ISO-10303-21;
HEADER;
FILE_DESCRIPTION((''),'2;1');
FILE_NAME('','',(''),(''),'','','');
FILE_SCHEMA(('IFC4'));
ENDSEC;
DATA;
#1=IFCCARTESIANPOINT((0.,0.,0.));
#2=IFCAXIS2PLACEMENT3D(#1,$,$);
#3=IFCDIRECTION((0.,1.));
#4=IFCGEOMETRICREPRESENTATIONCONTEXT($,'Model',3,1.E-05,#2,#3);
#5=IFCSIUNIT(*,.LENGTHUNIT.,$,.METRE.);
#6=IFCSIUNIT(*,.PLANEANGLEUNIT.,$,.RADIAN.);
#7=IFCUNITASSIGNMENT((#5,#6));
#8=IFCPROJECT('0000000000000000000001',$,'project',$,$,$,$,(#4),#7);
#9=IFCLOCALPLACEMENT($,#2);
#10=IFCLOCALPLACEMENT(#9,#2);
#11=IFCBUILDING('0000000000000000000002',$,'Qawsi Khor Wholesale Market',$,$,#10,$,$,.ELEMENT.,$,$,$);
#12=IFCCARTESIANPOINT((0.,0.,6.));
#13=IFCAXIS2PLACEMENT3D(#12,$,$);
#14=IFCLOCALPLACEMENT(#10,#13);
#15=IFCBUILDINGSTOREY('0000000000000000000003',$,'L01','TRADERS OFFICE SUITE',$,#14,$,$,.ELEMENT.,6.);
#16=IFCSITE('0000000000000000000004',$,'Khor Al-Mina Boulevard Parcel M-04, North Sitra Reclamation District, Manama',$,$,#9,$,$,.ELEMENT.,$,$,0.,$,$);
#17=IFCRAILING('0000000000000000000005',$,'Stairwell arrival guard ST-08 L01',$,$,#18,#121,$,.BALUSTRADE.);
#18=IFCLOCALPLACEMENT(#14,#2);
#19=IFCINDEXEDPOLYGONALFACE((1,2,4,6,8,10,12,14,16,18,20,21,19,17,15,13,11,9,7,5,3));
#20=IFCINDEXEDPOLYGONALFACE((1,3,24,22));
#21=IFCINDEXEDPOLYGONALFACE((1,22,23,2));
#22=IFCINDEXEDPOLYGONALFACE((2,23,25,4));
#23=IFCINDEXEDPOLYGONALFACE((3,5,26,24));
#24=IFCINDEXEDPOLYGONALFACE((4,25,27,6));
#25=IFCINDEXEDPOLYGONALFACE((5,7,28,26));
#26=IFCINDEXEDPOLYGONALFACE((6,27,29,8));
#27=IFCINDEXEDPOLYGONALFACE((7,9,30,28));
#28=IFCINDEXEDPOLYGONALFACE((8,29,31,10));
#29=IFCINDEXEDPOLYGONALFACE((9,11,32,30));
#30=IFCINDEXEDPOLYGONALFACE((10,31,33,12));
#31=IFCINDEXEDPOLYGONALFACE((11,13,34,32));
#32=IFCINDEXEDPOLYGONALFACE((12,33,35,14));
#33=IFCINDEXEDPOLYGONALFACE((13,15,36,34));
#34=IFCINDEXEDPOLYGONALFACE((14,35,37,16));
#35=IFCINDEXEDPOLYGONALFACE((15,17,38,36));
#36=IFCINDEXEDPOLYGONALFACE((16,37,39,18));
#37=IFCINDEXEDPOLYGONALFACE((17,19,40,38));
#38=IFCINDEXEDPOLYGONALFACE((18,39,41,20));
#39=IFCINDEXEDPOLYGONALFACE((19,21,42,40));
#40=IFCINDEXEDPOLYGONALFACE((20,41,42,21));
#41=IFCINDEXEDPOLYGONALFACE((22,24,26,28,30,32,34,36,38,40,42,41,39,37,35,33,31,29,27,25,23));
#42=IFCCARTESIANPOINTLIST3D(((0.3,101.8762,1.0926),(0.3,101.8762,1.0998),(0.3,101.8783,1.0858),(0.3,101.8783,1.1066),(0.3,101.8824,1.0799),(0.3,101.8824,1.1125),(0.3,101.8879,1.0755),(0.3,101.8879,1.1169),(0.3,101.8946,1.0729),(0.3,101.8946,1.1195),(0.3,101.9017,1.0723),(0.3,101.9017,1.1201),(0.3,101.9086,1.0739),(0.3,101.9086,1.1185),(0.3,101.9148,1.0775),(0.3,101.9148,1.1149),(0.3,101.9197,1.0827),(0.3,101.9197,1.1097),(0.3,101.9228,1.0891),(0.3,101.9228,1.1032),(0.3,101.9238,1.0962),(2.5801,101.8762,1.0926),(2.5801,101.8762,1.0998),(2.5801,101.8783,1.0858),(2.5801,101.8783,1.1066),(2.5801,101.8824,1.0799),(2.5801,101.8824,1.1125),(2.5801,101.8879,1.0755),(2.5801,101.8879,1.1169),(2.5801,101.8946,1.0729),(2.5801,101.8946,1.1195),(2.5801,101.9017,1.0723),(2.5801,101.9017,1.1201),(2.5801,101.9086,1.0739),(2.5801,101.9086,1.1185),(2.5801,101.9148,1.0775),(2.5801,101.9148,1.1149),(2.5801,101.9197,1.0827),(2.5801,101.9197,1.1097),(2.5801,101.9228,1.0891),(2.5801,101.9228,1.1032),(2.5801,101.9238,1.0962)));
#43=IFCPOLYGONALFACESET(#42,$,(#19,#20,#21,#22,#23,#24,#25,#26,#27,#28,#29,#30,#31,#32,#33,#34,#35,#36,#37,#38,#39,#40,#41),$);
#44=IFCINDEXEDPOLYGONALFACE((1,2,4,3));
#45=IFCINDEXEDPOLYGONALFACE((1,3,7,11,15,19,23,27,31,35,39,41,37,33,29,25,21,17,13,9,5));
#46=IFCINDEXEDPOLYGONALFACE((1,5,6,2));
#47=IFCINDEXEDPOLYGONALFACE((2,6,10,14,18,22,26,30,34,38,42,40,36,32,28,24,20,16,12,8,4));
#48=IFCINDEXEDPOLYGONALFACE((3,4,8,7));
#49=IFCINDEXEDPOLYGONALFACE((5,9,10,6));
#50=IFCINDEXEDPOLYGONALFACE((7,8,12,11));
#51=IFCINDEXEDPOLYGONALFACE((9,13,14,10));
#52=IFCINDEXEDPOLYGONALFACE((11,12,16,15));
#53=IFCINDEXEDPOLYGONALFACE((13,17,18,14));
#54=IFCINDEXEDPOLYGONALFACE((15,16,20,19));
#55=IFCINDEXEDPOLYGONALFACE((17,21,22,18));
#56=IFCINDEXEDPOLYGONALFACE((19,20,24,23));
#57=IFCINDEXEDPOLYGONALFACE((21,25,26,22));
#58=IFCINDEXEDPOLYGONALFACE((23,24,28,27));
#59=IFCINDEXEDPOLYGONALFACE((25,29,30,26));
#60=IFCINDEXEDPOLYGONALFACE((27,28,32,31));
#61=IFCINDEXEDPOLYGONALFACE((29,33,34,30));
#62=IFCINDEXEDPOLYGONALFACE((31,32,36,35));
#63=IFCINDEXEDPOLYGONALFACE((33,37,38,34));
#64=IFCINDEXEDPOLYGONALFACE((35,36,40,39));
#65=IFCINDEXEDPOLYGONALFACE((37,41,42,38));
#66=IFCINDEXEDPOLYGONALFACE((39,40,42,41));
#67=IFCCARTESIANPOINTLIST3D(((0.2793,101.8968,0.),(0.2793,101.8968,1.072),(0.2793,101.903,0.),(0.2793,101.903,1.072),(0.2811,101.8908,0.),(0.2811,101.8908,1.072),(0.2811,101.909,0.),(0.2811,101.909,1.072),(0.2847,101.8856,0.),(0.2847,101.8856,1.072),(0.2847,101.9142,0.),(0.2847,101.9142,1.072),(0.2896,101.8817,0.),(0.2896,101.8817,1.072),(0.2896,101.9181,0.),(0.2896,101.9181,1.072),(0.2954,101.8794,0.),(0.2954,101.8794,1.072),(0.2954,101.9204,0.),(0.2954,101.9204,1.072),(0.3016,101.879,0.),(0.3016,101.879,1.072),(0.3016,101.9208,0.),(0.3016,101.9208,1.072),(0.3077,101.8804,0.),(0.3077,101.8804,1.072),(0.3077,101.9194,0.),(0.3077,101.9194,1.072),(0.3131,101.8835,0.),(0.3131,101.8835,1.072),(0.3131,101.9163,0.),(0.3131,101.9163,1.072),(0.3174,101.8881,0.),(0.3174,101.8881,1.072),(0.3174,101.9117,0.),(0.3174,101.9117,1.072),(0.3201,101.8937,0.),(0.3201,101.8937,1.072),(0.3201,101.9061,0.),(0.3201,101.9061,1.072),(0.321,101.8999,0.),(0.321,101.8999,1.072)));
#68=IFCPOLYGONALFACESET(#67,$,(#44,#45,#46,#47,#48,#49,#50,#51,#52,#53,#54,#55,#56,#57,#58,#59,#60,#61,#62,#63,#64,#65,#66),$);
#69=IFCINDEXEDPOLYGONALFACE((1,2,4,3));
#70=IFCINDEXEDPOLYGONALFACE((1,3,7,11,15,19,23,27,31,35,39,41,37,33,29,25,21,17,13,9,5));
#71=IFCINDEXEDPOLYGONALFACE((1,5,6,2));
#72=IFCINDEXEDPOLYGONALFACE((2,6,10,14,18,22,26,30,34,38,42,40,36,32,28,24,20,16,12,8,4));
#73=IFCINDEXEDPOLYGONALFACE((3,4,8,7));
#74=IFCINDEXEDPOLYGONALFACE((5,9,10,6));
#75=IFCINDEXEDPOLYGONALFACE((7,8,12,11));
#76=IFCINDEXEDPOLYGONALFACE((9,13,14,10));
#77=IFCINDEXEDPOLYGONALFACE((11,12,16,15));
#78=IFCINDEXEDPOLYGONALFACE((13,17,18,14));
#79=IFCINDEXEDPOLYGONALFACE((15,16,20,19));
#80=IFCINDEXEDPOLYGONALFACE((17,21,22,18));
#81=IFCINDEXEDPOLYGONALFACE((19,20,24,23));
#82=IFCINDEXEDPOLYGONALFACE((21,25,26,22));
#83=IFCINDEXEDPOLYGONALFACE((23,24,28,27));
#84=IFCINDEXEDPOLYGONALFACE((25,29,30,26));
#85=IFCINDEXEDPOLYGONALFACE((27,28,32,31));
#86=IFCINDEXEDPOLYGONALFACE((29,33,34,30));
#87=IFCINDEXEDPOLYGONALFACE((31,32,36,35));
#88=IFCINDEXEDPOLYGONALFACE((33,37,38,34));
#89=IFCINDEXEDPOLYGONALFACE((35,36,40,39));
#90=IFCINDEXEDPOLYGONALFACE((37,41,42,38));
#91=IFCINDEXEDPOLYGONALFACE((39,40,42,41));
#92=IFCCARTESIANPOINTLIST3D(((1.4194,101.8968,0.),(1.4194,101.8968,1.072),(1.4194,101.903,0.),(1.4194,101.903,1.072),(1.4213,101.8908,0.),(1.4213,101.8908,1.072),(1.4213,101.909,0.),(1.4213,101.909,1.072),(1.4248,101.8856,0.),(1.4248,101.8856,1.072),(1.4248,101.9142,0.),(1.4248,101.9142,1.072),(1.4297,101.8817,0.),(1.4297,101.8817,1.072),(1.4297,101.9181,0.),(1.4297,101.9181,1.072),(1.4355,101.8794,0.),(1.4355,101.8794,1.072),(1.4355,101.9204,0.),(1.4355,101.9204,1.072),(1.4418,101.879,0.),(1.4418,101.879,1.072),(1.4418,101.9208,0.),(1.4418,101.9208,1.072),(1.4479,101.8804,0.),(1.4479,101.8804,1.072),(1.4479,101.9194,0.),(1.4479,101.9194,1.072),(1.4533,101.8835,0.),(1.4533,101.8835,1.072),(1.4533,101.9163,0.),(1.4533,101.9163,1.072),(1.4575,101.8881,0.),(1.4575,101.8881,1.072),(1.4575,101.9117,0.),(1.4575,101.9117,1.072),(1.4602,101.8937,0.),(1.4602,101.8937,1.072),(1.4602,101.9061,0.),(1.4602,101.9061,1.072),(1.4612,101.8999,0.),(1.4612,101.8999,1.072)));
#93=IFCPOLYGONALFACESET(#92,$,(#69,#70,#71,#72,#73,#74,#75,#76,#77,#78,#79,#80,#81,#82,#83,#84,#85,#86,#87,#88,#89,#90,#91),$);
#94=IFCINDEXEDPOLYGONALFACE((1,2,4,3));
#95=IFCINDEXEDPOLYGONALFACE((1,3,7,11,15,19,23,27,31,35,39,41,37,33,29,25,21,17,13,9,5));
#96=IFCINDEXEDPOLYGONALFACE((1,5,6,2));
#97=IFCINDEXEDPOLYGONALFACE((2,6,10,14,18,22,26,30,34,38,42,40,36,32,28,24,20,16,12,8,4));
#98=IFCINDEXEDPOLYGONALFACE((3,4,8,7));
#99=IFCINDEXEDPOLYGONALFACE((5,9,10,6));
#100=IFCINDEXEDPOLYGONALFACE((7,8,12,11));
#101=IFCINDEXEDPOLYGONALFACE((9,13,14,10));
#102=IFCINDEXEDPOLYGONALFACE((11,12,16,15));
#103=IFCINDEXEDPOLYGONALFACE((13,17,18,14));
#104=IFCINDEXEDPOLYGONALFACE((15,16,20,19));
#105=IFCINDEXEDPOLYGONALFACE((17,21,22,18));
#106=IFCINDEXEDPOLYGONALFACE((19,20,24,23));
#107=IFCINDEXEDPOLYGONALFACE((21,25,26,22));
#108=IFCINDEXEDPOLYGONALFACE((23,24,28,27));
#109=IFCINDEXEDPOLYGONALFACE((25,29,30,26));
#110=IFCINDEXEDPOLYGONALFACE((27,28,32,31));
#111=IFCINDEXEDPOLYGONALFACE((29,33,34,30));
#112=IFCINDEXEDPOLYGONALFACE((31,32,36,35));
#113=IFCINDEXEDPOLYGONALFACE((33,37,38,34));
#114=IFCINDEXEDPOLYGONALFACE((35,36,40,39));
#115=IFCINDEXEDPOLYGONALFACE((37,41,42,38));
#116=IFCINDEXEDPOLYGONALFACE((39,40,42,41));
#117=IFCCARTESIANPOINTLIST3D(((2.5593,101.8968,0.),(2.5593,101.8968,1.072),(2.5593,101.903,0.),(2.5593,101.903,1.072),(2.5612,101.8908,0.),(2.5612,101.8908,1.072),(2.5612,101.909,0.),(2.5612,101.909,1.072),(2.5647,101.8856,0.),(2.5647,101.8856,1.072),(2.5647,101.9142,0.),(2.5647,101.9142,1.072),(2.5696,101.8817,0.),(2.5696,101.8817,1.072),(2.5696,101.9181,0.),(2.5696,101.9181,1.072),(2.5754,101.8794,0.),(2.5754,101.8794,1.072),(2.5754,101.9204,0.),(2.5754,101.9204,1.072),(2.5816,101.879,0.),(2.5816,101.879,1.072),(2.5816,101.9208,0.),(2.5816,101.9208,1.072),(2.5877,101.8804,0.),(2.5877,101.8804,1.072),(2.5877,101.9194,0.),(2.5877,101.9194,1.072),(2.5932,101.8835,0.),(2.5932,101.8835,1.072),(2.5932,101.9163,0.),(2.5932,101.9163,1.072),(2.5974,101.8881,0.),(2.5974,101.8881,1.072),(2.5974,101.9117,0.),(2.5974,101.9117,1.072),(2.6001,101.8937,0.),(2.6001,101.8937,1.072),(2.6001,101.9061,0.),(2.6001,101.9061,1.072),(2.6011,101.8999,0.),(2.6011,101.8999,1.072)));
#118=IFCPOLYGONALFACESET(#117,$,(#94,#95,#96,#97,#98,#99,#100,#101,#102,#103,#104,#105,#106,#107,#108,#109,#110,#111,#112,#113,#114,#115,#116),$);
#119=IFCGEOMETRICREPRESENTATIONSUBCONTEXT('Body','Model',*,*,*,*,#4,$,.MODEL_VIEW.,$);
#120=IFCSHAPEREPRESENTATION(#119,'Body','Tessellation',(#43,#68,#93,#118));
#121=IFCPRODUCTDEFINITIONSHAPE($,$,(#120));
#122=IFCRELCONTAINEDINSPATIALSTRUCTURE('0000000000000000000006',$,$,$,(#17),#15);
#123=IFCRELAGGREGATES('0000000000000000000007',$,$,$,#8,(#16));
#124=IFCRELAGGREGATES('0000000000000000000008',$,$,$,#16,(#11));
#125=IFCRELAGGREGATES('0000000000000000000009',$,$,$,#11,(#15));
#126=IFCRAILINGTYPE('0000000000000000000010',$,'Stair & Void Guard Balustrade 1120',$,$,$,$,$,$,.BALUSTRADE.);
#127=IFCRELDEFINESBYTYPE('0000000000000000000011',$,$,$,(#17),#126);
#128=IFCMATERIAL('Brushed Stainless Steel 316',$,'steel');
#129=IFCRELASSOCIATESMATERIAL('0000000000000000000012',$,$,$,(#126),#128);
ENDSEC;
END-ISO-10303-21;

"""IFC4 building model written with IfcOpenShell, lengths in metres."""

from ifc_helpers import new_model, si_unit, direction, frame, origin, origin_2d, place, context, subcontext, project, spatial, circle, extrude, material, type_object, element, save


model = new_model("IFC4")

# Units and contexts
model_context = context("Model", 3, precision=1e-05, world=origin(), true_north=direction((0.0, 1.0)))
body_context = subcontext(model_context, "Body", "Model", "MODEL_VIEW")
ifc_project = project(units=[si_unit("LENGTHUNIT", "METRE"), si_unit("PLANEANGLEUNIT", "RADIAN")], contexts=[model_context])

# Site, building, storey
site_placement = place(None, origin())
site = spatial("IfcSite", under=ifc_project, at=site_placement, Name="Khor Al-Mina Boulevard Parcel M-04, North Sitra Reclamation District, Manama", CompositionType="ELEMENT", RefElevation=0.0)
building_placement = place(site_placement, origin())
building = spatial("IfcBuilding", under=site, at=building_placement, Name="Qawsi Khor Wholesale Market", CompositionType="ELEMENT")
storey_placement = place(building_placement, frame((0.0, 0.0, 6.0)))
storey = spatial("IfcBuildingStorey", under=building, at=storey_placement, Name="L01", Description="TRADERS OFFICE SUITE", CompositionType="ELEMENT", Elevation=6.0)

# Railing
ifc_material_1 = material(Name="Brushed Stainless Steel 316", Category="steel")
railing_type_1 = type_object("IfcRailingType", Name="Stair & Void Guard Balustrade 1120", PredefinedType="BALUSTRADE", material=ifc_material_1)
railing_1_placement = place(storey_placement, frame((0.3, 101.8999, 0.0)))
element("IfcRailing", 1, at=railing_1_placement, inside=storey, type_object=railing_type_1, Name="Stairwell arrival guard ST-08 L01", PredefinedType="BALUSTRADE", context=body_context, shape_type="SweptSolid", body=[
    extrude(circle(Radius=0.0239, at=origin_2d()), frame((0.0, 0.0, 1.0962), z_axis=(1.0, 0.0, 0.0), x_axis=(0.0, 1.0, 0.0)), (0.0, 0.0, 1.0), 2.28),
    extrude(circle(Radius=0.021, at=origin_2d()), origin(), (0.0, 0.0, 1.0), 1.072),
    extrude(circle(Radius=0.021, at=origin_2d()), frame((1.1401, 0.0, 0.0)), (0.0, 0.0, 1.0), 1.072),
    extrude(circle(Radius=0.021, at=origin_2d()), frame((2.28, 0.0, 0.0)), (0.0, 0.0, 1.0), 1.072),
])

save(model, "model.ifc")
